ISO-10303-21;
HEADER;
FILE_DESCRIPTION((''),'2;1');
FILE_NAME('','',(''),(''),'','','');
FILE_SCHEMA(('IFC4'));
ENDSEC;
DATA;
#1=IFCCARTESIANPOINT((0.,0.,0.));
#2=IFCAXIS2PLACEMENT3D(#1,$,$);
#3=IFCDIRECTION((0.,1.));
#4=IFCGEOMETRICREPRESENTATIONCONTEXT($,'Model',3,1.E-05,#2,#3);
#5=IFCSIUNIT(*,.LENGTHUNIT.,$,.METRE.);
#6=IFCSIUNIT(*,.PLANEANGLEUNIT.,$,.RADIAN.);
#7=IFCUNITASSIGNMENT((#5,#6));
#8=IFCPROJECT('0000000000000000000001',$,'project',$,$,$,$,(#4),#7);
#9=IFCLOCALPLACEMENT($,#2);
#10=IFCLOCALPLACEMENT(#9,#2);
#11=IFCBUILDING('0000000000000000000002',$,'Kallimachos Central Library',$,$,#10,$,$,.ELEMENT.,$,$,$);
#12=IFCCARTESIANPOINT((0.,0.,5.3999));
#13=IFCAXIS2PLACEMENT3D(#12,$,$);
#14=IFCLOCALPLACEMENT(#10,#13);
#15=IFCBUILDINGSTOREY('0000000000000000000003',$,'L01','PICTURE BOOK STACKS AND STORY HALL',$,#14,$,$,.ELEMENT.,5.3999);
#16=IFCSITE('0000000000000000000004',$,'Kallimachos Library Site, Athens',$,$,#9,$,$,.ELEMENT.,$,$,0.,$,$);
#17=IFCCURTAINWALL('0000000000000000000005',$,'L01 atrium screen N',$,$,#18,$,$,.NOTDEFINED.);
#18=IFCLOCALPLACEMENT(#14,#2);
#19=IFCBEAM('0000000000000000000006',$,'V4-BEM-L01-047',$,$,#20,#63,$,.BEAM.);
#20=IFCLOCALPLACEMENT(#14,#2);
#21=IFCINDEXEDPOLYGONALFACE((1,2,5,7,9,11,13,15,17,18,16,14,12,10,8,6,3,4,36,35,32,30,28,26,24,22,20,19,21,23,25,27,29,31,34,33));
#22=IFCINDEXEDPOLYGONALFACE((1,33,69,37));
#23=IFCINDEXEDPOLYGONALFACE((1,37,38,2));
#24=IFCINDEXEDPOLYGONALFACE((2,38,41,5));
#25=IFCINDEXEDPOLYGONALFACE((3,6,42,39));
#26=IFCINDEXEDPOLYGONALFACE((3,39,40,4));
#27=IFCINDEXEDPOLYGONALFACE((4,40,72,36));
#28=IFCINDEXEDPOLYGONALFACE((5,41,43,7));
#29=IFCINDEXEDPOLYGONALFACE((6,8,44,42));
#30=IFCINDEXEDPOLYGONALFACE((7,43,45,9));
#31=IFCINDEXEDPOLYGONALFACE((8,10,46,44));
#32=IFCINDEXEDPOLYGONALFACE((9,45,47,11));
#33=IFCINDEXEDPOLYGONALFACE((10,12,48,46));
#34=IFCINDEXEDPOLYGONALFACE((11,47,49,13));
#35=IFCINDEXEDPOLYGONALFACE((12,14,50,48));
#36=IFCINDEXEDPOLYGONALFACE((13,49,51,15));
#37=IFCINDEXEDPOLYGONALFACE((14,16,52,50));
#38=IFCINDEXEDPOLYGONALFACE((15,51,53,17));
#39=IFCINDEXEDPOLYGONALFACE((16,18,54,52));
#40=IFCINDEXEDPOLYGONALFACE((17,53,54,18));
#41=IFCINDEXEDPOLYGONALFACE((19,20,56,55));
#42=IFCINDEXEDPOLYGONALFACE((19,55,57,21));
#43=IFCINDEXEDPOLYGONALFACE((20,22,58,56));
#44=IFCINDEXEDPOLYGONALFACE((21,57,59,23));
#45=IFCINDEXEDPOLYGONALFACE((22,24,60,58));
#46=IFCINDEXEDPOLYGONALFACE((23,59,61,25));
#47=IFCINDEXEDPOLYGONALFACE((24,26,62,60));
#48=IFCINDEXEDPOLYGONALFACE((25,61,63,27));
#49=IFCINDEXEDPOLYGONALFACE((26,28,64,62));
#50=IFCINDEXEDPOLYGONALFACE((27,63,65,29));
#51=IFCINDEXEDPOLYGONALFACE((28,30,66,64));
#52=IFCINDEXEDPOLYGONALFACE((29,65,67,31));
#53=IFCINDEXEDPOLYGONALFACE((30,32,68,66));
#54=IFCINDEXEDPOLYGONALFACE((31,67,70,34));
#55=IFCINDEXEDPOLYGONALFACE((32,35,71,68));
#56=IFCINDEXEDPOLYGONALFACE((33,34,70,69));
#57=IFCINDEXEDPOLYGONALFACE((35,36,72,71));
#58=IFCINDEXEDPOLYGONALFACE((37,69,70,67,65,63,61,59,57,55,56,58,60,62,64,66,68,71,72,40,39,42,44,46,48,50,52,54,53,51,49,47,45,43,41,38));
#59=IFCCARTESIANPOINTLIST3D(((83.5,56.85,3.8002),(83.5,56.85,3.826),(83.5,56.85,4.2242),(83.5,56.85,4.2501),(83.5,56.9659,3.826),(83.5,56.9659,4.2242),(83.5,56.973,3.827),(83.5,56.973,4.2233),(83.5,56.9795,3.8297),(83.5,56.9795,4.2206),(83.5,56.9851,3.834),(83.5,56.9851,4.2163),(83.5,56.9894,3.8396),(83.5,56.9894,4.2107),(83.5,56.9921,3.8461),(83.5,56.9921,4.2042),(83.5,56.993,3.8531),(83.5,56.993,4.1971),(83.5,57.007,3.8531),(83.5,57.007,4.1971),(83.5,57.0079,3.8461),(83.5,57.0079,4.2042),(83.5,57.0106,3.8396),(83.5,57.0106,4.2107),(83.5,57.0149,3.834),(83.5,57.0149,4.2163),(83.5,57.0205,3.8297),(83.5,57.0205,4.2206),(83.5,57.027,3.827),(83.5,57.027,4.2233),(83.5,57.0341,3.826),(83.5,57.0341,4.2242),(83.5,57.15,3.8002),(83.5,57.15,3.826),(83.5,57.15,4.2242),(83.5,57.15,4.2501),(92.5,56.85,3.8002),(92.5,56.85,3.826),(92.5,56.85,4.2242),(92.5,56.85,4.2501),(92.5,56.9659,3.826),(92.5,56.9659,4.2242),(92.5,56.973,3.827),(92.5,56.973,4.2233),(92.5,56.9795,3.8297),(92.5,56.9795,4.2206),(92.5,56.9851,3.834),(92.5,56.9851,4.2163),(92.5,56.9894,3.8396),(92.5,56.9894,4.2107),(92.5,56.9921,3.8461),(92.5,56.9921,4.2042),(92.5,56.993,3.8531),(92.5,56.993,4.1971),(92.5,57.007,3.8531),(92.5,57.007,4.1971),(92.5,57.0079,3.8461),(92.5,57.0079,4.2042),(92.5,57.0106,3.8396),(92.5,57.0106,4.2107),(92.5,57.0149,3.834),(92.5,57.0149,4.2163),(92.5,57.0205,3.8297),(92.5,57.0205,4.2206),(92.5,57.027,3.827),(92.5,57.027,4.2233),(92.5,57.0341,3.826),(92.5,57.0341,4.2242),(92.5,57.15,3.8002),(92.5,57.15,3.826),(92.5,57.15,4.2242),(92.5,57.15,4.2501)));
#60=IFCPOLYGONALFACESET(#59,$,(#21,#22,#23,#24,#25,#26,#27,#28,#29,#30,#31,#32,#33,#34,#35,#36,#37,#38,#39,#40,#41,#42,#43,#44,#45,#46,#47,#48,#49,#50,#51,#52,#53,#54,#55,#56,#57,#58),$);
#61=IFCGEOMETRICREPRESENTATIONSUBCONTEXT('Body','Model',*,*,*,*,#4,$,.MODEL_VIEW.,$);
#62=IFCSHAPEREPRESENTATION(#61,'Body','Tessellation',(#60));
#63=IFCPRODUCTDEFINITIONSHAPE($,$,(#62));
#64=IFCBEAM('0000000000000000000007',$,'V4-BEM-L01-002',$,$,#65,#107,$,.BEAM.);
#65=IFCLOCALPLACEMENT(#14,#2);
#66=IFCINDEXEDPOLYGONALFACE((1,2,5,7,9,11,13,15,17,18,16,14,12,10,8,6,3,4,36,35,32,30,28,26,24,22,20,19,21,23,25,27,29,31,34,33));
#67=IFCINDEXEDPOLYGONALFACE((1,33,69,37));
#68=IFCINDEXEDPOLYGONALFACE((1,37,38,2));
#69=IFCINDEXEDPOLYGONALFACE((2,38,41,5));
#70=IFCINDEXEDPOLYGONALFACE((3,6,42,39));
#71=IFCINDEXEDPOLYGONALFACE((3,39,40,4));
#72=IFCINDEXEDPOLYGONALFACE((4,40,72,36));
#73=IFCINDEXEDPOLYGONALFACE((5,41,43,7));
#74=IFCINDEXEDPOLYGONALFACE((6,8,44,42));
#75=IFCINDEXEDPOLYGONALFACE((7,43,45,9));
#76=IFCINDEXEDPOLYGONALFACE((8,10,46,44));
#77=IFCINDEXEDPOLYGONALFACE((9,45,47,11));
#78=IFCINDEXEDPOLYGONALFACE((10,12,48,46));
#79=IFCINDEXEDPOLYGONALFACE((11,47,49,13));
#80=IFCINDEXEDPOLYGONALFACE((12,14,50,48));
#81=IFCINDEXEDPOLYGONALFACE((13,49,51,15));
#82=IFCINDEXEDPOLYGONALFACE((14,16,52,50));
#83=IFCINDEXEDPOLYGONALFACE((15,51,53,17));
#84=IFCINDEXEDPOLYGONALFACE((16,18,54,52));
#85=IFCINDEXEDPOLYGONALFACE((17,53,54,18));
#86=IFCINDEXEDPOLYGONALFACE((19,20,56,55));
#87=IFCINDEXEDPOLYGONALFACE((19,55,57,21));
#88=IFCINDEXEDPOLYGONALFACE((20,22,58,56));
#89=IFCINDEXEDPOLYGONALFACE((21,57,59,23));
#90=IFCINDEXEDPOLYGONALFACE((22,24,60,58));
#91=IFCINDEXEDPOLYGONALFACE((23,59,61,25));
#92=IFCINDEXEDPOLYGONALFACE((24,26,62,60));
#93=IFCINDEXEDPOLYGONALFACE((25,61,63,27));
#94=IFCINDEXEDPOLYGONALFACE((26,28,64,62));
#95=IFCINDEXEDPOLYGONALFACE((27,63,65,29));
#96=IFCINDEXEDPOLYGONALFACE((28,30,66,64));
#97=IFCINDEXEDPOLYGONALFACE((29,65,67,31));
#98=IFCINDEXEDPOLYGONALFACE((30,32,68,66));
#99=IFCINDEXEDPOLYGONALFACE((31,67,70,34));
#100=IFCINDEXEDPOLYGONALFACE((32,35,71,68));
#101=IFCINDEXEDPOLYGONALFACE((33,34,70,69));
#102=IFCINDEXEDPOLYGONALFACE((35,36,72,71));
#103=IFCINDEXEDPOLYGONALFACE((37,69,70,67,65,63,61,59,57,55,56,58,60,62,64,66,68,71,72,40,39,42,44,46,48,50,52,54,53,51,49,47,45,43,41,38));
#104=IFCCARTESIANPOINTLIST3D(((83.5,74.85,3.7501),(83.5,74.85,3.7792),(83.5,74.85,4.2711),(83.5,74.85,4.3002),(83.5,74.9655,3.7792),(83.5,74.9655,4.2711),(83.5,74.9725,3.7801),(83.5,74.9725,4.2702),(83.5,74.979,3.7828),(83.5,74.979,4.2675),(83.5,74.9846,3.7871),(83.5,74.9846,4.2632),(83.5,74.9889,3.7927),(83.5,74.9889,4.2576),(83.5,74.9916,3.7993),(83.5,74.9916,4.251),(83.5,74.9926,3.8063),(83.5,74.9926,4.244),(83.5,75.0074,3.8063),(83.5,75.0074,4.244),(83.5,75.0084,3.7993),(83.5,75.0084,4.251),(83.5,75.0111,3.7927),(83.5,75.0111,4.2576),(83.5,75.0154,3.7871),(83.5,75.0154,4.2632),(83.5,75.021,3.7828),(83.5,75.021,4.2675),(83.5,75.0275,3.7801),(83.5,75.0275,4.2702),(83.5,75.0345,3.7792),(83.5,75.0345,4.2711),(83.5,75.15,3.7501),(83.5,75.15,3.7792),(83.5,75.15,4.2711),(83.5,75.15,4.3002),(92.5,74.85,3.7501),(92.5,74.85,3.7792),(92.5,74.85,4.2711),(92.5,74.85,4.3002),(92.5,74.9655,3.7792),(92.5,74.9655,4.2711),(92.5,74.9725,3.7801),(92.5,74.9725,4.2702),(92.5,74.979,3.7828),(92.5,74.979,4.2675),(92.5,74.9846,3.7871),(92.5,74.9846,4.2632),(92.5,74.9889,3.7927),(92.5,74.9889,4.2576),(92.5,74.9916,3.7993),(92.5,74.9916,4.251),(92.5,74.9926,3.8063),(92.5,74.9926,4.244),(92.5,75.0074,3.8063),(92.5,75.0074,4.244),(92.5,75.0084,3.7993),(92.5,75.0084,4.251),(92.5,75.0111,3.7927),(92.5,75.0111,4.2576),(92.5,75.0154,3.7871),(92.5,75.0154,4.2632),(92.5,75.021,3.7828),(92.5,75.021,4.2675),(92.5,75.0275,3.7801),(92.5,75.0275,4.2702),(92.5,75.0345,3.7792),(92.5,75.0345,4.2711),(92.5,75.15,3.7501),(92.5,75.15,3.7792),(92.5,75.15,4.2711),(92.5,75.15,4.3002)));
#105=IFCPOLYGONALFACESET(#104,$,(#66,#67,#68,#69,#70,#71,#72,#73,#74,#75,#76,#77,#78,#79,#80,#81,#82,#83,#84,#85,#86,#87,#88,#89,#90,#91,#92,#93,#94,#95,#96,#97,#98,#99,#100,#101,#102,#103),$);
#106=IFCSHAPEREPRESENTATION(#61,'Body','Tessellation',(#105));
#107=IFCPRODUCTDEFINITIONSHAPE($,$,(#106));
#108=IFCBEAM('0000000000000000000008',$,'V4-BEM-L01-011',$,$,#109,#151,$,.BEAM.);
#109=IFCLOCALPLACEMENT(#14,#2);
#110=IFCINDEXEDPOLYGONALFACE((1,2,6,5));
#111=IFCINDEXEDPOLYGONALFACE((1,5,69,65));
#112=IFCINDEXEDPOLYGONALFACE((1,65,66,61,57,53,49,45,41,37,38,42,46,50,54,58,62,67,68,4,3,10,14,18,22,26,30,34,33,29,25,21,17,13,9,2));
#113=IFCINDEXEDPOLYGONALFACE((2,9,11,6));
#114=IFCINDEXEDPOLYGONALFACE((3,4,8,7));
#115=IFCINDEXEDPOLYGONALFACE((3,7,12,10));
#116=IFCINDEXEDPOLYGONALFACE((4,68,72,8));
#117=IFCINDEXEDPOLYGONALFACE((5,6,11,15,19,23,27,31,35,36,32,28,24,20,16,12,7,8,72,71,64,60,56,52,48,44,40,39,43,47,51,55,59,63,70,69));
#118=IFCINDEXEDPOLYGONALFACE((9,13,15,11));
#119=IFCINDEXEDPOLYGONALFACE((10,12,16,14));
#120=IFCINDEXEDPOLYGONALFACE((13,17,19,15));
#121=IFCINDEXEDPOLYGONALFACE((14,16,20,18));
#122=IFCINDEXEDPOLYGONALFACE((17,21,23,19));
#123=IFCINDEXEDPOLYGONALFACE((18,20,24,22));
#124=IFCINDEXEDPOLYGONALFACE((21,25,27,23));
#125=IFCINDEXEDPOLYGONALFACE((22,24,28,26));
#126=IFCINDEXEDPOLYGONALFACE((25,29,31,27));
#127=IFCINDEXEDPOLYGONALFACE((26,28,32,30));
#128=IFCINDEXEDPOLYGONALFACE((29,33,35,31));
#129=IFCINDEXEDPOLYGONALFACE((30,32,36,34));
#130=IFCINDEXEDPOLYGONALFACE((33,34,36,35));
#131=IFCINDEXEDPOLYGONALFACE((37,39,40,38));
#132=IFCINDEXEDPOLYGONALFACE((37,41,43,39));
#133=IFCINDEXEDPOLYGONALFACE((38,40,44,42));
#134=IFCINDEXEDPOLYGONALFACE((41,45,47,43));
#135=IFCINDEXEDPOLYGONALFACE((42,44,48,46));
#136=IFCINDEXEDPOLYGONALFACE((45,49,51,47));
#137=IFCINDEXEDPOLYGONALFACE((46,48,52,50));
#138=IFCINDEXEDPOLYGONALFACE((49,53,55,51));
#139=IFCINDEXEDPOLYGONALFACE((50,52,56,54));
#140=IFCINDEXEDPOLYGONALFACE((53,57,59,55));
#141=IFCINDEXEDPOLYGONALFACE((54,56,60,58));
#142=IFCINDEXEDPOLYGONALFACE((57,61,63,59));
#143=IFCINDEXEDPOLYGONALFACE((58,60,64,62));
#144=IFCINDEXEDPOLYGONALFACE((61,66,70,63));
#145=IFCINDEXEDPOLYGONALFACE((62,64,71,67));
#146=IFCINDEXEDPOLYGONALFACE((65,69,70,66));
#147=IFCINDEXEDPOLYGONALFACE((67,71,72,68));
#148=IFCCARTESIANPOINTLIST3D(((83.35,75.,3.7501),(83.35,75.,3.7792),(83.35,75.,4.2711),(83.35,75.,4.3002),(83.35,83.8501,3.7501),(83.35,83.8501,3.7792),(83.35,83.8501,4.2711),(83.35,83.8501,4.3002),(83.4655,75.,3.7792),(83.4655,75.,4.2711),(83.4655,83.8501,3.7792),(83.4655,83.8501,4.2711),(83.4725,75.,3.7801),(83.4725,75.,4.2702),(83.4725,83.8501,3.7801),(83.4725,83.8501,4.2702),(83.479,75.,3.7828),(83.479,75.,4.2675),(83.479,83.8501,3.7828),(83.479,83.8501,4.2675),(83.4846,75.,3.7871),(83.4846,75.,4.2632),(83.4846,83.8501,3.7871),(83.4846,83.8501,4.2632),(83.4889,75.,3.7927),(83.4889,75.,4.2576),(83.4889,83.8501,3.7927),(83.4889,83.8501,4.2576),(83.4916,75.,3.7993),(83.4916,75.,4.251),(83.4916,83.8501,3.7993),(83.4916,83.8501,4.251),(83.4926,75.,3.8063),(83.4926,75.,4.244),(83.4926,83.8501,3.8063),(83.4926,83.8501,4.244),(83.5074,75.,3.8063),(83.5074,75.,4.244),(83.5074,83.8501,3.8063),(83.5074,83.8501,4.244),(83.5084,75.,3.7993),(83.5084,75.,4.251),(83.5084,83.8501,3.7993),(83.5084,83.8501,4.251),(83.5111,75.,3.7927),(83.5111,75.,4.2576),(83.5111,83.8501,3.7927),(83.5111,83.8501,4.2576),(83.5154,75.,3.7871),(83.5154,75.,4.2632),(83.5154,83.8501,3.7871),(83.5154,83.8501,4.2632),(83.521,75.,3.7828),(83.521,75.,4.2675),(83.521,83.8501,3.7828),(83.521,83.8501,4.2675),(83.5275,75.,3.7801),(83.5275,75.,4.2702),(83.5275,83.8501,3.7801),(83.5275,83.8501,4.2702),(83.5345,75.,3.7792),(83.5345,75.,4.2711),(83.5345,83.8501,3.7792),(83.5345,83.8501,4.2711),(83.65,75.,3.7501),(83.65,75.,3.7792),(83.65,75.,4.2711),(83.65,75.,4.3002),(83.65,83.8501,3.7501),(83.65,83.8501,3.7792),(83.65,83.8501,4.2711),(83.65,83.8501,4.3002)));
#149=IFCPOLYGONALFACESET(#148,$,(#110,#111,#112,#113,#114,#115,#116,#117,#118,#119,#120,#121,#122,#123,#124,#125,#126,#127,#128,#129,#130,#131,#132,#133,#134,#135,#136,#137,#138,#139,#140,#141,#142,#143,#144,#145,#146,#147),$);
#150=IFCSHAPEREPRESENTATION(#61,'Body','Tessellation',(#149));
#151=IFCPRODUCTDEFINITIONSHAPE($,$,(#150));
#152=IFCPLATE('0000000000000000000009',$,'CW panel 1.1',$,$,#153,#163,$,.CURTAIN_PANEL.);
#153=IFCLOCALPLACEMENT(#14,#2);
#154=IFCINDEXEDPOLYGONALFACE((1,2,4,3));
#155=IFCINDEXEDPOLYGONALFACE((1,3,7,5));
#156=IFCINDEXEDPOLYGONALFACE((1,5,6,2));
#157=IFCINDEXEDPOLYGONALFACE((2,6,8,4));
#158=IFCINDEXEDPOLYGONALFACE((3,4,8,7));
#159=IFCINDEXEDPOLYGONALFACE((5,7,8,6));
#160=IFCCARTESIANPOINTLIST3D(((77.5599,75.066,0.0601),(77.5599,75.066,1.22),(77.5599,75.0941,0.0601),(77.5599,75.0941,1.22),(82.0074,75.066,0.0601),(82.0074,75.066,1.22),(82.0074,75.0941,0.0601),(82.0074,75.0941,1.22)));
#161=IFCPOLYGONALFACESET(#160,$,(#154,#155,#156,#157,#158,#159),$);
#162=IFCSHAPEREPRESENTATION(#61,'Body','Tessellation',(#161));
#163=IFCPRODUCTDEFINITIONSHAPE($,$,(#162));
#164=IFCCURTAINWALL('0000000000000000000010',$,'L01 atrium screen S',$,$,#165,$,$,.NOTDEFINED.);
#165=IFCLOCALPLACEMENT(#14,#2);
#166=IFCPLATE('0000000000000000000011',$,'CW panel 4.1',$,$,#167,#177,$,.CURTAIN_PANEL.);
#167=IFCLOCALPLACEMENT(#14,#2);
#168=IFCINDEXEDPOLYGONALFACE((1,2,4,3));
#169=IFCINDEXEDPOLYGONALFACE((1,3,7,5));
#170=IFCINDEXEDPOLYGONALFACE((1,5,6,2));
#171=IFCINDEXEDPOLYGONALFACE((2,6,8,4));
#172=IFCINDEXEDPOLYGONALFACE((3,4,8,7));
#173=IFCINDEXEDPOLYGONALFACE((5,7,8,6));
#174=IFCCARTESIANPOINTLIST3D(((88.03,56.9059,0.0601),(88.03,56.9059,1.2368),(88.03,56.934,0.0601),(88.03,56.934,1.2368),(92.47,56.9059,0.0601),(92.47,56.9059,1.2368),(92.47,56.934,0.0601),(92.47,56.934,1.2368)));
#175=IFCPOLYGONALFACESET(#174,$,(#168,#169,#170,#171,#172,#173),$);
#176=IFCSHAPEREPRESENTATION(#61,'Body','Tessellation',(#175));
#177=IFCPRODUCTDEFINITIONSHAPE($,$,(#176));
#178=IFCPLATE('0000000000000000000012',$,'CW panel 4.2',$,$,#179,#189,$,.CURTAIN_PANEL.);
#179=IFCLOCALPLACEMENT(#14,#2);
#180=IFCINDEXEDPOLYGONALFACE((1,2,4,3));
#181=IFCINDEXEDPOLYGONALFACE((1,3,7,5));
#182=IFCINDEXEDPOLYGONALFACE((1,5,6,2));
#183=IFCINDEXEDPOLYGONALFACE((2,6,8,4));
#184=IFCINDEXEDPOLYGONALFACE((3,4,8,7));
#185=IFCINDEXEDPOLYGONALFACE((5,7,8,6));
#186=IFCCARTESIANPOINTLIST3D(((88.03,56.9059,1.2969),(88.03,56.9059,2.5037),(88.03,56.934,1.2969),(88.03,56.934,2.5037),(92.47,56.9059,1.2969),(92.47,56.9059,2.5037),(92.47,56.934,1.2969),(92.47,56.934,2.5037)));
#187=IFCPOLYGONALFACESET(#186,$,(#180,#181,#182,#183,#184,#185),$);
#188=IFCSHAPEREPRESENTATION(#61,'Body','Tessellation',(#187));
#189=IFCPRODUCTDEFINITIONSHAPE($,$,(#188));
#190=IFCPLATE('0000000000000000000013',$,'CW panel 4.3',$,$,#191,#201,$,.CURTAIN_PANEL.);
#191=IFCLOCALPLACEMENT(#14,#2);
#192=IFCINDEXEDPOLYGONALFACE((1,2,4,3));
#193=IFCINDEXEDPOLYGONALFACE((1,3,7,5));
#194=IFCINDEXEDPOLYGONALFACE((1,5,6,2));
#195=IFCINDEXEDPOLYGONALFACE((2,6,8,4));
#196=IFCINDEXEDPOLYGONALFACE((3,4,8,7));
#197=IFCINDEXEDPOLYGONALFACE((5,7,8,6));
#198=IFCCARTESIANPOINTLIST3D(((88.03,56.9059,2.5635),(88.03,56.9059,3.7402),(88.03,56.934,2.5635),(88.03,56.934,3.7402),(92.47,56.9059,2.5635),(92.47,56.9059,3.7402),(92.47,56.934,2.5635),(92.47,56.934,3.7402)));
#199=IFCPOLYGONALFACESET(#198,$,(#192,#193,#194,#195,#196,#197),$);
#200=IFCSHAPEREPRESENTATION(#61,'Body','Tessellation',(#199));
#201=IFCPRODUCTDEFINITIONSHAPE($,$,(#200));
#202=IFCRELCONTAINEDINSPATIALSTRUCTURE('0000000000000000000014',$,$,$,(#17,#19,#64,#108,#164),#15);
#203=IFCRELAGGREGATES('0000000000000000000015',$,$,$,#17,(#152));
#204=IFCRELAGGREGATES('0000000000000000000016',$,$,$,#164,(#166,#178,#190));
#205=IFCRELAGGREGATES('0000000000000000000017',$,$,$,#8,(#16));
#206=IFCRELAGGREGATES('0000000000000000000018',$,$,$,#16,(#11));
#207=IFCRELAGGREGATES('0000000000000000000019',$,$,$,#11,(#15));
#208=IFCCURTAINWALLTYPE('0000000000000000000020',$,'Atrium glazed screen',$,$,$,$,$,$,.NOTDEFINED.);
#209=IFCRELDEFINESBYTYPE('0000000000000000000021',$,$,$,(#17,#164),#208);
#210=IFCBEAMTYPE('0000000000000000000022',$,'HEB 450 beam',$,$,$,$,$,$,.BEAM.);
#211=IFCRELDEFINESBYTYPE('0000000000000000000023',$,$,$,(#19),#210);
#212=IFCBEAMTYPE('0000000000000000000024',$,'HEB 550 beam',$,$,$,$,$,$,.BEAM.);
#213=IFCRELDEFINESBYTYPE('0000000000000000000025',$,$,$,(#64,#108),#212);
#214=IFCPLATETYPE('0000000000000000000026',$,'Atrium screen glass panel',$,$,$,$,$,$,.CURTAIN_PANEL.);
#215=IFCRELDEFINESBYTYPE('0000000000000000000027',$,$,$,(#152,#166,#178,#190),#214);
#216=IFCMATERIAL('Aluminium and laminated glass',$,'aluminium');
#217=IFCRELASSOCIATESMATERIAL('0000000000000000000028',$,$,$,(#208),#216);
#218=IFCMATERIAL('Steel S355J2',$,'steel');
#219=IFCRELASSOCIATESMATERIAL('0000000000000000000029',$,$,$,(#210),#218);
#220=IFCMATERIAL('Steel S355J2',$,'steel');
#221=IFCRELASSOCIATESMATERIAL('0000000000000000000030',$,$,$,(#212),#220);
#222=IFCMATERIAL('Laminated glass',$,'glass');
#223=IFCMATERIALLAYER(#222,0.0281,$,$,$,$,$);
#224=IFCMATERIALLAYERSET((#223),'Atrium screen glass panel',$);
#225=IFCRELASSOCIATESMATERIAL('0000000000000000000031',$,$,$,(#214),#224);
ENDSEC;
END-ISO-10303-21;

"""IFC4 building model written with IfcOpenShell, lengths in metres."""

from ifc_helpers import new_model, si_unit, direction, frame, origin, origin_2d, place, context, subcontext, project, spatial, rectangle, i_section, extrude, material, layer, layer_set, material_profile, profile_set, type_object, element, aggregate, save


model = new_model("IFC4")

# Units and contexts
model_context = context("Model", 3, precision=1e-05, world=origin(), true_north=direction((0.0, 1.0)))
body_context = subcontext(model_context, "Body", "Model", "MODEL_VIEW")
ifc_project = project(units=[si_unit("LENGTHUNIT", "METRE"), si_unit("PLANEANGLEUNIT", "RADIAN")], contexts=[model_context])

# Site, building, storey
site_placement = place(None, origin())
site = spatial("IfcSite", under=ifc_project, at=site_placement, Name="Kallimachos Library Site, Athens", CompositionType="ELEMENT", RefElevation=0.0)
building_placement = place(site_placement, origin())
building = spatial("IfcBuilding", under=site, at=building_placement, Name="Kallimachos Central Library", CompositionType="ELEMENT")
storey_placement = place(building_placement, frame((0.0, 0.0, 5.3999)))
storey = spatial("IfcBuildingStorey", under=building, at=storey_placement, Name="L01", Description="PICTURE BOOK STACKS AND STORY HALL", CompositionType="ELEMENT", Elevation=5.3999)

# Curtain wall
ifc_material_1 = material(Name="Aluminium and laminated glass", Category="aluminium")
curtain_wall_type = type_object("IfcCurtainWallType", Name="Atrium glazed screen", PredefinedType="NOTDEFINED", material=ifc_material_1)
curtain_wall_1_placement = place(storey_placement, origin())
curtain_wall_1 = element("IfcCurtainWall", 1, at=curtain_wall_1_placement, inside=storey, type_object=curtain_wall_type, Name="L01 atrium screen N", PredefinedType="NOTDEFINED")

# Beams
ifc_material_2 = material(Name="Steel S355J2", Category="steel")
ifc_material_profile_1 = material_profile(ifc_material_2, i_section(OverallWidth=0.3, OverallDepth=0.45, WebThickness=0.0139, FlangeThickness=0.0259, FilletRadius=0.0271, at=origin_2d()), Name="HEB 450")
ifc_profile_set_1 = profile_set([ifc_material_profile_1], Name="Steel S355J2")
beam_type_1 = type_object("IfcBeamType", Name="HEB 450 beam", PredefinedType="BEAM", material=ifc_profile_set_1)
beam_1_placement = place(storey_placement, frame((83.5, 57.0, 4.0251), z_axis=(1.0, 0.0, 0.0), x_axis=(0.0, 1.0, 0.0)))
element("IfcBeam", 2, at=beam_1_placement, inside=storey, type_object=beam_type_1, Name="V4-BEM-L01-047", PredefinedType="BEAM", context=body_context, shape_type="SweptSolid", body=[
    extrude(i_section(OverallWidth=0.3, OverallDepth=0.45, WebThickness=0.0139, FlangeThickness=0.0259, FilletRadius=0.0271, at=origin_2d()), origin(), (0.0, 0.0, 1.0), 9.0),
])
ifc_material_3 = material(Name="Steel S355J2", Category="steel")
ifc_material_profile_2 = material_profile(ifc_material_3, i_section(OverallWidth=0.3, OverallDepth=0.55, WebThickness=0.0149, FlangeThickness=0.0291, FilletRadius=0.0271, at=origin_2d()), Name="HEB 550")
ifc_profile_set_2 = profile_set([ifc_material_profile_2], Name="Steel S355J2")
beam_type_2 = type_object("IfcBeamType", Name="HEB 550 beam", PredefinedType="BEAM", material=ifc_profile_set_2)
beam_2_placement = place(storey_placement, frame((83.5, 75.0, 4.0251), z_axis=(1.0, 0.0, 0.0), x_axis=(0.0, 1.0, 0.0)))
element("IfcBeam", 3, at=beam_2_placement, inside=storey, type_object=beam_type_2, Name="V4-BEM-L01-002", PredefinedType="BEAM", context=body_context, shape_type="SweptSolid", body=[
    extrude(i_section(OverallWidth=0.3, OverallDepth=0.55, WebThickness=0.0149, FlangeThickness=0.0291, FilletRadius=0.0271, at=origin_2d()), origin(), (0.0, 0.0, 1.0), 9.0),
])
beam_3_placement = place(storey_placement, frame((83.5, 75.0, 4.0251), z_axis=(0.0, 1.0, 0.0), x_axis=(-1.0, 0.0, 0.0)))
element("IfcBeam", 4, at=beam_3_placement, inside=storey, type_object=beam_type_2, Name="V4-BEM-L01-011", PredefinedType="BEAM", context=body_context, shape_type="SweptSolid", body=[
    extrude(i_section(OverallWidth=0.3, OverallDepth=0.55, WebThickness=0.0149, FlangeThickness=0.0291, FilletRadius=0.0271, at=origin_2d()), origin(), (0.0, 0.0, 1.0), 8.8501),
])

# Plate
ifc_material_4 = material(Name="Laminated glass", Category="glass")
ifc_layer = layer(ifc_material_4, 0.0281)
ifc_layer_set = layer_set([ifc_layer], Name="Atrium screen glass panel")
plate_type = type_object("IfcPlateType", Name="Atrium screen glass panel", PredefinedType="CURTAIN_PANEL", material=ifc_layer_set)
plate_1_placement = place(storey_placement, frame((79.7837, 75.0801, 0.0601), z_axis=(0.0, 0.0, 1.0), x_axis=(1.0, 0.0, 0.0)))
plate_1 = element("IfcPlate", 5, at=plate_1_placement, type_object=plate_type, Name="CW panel 1.1", PredefinedType="CURTAIN_PANEL", context=body_context, shape_type="SweptSolid", body=[
    extrude(rectangle(XDim=4.4475, YDim=0.0281, at=origin_2d()), origin(), (0.0, 0.0, 1.0), 1.1599),
])
aggregate(curtain_wall_1, [plate_1])

# Curtain wall, plates
curtain_wall_2_placement = place(storey_placement, origin())
curtain_wall_2 = element("IfcCurtainWall", 6, at=curtain_wall_2_placement, inside=storey, type_object=curtain_wall_type, Name="L01 atrium screen S", PredefinedType="NOTDEFINED")
plate_2_placement = place(storey_placement, frame((90.25, 56.9199, 0.0601), z_axis=(0.0, 0.0, 1.0), x_axis=(1.0, 0.0, 0.0)))
plate_2 = element("IfcPlate", 7, at=plate_2_placement, type_object=plate_type, Name="CW panel 4.1", PredefinedType="CURTAIN_PANEL", context=body_context, shape_type="SweptSolid", body=[
    extrude(rectangle(XDim=4.4399, YDim=0.0281, at=origin_2d()), origin(), (0.0, 0.0, 1.0), 1.1768),
])
plate_3_placement = place(storey_placement, frame((90.25, 56.9199, 1.2969), z_axis=(0.0, 0.0, 1.0), x_axis=(1.0, 0.0, 0.0)))
plate_3 = element("IfcPlate", 8, at=plate_3_placement, type_object=plate_type, Name="CW panel 4.2", PredefinedType="CURTAIN_PANEL", context=body_context, shape_type="SweptSolid", body=[
    extrude(rectangle(XDim=4.4399, YDim=0.0281, at=origin_2d()), origin(), (0.0, 0.0, 1.0), 1.2068),
])
plate_4_placement = place(storey_placement, frame((90.25, 56.9199, 2.5635), z_axis=(0.0, 0.0, 1.0), x_axis=(1.0, 0.0, 0.0)))
plate_4 = element("IfcPlate", 9, at=plate_4_placement, type_object=plate_type, Name="CW panel 4.3", PredefinedType="CURTAIN_PANEL", context=body_context, shape_type="SweptSolid", body=[
    extrude(rectangle(XDim=4.4399, YDim=0.0281, at=origin_2d()), origin(), (0.0, 0.0, 1.0), 1.1768),
])
aggregate(curtain_wall_2, [plate_2, plate_3, plate_4])

save(model, "model.ifc")
